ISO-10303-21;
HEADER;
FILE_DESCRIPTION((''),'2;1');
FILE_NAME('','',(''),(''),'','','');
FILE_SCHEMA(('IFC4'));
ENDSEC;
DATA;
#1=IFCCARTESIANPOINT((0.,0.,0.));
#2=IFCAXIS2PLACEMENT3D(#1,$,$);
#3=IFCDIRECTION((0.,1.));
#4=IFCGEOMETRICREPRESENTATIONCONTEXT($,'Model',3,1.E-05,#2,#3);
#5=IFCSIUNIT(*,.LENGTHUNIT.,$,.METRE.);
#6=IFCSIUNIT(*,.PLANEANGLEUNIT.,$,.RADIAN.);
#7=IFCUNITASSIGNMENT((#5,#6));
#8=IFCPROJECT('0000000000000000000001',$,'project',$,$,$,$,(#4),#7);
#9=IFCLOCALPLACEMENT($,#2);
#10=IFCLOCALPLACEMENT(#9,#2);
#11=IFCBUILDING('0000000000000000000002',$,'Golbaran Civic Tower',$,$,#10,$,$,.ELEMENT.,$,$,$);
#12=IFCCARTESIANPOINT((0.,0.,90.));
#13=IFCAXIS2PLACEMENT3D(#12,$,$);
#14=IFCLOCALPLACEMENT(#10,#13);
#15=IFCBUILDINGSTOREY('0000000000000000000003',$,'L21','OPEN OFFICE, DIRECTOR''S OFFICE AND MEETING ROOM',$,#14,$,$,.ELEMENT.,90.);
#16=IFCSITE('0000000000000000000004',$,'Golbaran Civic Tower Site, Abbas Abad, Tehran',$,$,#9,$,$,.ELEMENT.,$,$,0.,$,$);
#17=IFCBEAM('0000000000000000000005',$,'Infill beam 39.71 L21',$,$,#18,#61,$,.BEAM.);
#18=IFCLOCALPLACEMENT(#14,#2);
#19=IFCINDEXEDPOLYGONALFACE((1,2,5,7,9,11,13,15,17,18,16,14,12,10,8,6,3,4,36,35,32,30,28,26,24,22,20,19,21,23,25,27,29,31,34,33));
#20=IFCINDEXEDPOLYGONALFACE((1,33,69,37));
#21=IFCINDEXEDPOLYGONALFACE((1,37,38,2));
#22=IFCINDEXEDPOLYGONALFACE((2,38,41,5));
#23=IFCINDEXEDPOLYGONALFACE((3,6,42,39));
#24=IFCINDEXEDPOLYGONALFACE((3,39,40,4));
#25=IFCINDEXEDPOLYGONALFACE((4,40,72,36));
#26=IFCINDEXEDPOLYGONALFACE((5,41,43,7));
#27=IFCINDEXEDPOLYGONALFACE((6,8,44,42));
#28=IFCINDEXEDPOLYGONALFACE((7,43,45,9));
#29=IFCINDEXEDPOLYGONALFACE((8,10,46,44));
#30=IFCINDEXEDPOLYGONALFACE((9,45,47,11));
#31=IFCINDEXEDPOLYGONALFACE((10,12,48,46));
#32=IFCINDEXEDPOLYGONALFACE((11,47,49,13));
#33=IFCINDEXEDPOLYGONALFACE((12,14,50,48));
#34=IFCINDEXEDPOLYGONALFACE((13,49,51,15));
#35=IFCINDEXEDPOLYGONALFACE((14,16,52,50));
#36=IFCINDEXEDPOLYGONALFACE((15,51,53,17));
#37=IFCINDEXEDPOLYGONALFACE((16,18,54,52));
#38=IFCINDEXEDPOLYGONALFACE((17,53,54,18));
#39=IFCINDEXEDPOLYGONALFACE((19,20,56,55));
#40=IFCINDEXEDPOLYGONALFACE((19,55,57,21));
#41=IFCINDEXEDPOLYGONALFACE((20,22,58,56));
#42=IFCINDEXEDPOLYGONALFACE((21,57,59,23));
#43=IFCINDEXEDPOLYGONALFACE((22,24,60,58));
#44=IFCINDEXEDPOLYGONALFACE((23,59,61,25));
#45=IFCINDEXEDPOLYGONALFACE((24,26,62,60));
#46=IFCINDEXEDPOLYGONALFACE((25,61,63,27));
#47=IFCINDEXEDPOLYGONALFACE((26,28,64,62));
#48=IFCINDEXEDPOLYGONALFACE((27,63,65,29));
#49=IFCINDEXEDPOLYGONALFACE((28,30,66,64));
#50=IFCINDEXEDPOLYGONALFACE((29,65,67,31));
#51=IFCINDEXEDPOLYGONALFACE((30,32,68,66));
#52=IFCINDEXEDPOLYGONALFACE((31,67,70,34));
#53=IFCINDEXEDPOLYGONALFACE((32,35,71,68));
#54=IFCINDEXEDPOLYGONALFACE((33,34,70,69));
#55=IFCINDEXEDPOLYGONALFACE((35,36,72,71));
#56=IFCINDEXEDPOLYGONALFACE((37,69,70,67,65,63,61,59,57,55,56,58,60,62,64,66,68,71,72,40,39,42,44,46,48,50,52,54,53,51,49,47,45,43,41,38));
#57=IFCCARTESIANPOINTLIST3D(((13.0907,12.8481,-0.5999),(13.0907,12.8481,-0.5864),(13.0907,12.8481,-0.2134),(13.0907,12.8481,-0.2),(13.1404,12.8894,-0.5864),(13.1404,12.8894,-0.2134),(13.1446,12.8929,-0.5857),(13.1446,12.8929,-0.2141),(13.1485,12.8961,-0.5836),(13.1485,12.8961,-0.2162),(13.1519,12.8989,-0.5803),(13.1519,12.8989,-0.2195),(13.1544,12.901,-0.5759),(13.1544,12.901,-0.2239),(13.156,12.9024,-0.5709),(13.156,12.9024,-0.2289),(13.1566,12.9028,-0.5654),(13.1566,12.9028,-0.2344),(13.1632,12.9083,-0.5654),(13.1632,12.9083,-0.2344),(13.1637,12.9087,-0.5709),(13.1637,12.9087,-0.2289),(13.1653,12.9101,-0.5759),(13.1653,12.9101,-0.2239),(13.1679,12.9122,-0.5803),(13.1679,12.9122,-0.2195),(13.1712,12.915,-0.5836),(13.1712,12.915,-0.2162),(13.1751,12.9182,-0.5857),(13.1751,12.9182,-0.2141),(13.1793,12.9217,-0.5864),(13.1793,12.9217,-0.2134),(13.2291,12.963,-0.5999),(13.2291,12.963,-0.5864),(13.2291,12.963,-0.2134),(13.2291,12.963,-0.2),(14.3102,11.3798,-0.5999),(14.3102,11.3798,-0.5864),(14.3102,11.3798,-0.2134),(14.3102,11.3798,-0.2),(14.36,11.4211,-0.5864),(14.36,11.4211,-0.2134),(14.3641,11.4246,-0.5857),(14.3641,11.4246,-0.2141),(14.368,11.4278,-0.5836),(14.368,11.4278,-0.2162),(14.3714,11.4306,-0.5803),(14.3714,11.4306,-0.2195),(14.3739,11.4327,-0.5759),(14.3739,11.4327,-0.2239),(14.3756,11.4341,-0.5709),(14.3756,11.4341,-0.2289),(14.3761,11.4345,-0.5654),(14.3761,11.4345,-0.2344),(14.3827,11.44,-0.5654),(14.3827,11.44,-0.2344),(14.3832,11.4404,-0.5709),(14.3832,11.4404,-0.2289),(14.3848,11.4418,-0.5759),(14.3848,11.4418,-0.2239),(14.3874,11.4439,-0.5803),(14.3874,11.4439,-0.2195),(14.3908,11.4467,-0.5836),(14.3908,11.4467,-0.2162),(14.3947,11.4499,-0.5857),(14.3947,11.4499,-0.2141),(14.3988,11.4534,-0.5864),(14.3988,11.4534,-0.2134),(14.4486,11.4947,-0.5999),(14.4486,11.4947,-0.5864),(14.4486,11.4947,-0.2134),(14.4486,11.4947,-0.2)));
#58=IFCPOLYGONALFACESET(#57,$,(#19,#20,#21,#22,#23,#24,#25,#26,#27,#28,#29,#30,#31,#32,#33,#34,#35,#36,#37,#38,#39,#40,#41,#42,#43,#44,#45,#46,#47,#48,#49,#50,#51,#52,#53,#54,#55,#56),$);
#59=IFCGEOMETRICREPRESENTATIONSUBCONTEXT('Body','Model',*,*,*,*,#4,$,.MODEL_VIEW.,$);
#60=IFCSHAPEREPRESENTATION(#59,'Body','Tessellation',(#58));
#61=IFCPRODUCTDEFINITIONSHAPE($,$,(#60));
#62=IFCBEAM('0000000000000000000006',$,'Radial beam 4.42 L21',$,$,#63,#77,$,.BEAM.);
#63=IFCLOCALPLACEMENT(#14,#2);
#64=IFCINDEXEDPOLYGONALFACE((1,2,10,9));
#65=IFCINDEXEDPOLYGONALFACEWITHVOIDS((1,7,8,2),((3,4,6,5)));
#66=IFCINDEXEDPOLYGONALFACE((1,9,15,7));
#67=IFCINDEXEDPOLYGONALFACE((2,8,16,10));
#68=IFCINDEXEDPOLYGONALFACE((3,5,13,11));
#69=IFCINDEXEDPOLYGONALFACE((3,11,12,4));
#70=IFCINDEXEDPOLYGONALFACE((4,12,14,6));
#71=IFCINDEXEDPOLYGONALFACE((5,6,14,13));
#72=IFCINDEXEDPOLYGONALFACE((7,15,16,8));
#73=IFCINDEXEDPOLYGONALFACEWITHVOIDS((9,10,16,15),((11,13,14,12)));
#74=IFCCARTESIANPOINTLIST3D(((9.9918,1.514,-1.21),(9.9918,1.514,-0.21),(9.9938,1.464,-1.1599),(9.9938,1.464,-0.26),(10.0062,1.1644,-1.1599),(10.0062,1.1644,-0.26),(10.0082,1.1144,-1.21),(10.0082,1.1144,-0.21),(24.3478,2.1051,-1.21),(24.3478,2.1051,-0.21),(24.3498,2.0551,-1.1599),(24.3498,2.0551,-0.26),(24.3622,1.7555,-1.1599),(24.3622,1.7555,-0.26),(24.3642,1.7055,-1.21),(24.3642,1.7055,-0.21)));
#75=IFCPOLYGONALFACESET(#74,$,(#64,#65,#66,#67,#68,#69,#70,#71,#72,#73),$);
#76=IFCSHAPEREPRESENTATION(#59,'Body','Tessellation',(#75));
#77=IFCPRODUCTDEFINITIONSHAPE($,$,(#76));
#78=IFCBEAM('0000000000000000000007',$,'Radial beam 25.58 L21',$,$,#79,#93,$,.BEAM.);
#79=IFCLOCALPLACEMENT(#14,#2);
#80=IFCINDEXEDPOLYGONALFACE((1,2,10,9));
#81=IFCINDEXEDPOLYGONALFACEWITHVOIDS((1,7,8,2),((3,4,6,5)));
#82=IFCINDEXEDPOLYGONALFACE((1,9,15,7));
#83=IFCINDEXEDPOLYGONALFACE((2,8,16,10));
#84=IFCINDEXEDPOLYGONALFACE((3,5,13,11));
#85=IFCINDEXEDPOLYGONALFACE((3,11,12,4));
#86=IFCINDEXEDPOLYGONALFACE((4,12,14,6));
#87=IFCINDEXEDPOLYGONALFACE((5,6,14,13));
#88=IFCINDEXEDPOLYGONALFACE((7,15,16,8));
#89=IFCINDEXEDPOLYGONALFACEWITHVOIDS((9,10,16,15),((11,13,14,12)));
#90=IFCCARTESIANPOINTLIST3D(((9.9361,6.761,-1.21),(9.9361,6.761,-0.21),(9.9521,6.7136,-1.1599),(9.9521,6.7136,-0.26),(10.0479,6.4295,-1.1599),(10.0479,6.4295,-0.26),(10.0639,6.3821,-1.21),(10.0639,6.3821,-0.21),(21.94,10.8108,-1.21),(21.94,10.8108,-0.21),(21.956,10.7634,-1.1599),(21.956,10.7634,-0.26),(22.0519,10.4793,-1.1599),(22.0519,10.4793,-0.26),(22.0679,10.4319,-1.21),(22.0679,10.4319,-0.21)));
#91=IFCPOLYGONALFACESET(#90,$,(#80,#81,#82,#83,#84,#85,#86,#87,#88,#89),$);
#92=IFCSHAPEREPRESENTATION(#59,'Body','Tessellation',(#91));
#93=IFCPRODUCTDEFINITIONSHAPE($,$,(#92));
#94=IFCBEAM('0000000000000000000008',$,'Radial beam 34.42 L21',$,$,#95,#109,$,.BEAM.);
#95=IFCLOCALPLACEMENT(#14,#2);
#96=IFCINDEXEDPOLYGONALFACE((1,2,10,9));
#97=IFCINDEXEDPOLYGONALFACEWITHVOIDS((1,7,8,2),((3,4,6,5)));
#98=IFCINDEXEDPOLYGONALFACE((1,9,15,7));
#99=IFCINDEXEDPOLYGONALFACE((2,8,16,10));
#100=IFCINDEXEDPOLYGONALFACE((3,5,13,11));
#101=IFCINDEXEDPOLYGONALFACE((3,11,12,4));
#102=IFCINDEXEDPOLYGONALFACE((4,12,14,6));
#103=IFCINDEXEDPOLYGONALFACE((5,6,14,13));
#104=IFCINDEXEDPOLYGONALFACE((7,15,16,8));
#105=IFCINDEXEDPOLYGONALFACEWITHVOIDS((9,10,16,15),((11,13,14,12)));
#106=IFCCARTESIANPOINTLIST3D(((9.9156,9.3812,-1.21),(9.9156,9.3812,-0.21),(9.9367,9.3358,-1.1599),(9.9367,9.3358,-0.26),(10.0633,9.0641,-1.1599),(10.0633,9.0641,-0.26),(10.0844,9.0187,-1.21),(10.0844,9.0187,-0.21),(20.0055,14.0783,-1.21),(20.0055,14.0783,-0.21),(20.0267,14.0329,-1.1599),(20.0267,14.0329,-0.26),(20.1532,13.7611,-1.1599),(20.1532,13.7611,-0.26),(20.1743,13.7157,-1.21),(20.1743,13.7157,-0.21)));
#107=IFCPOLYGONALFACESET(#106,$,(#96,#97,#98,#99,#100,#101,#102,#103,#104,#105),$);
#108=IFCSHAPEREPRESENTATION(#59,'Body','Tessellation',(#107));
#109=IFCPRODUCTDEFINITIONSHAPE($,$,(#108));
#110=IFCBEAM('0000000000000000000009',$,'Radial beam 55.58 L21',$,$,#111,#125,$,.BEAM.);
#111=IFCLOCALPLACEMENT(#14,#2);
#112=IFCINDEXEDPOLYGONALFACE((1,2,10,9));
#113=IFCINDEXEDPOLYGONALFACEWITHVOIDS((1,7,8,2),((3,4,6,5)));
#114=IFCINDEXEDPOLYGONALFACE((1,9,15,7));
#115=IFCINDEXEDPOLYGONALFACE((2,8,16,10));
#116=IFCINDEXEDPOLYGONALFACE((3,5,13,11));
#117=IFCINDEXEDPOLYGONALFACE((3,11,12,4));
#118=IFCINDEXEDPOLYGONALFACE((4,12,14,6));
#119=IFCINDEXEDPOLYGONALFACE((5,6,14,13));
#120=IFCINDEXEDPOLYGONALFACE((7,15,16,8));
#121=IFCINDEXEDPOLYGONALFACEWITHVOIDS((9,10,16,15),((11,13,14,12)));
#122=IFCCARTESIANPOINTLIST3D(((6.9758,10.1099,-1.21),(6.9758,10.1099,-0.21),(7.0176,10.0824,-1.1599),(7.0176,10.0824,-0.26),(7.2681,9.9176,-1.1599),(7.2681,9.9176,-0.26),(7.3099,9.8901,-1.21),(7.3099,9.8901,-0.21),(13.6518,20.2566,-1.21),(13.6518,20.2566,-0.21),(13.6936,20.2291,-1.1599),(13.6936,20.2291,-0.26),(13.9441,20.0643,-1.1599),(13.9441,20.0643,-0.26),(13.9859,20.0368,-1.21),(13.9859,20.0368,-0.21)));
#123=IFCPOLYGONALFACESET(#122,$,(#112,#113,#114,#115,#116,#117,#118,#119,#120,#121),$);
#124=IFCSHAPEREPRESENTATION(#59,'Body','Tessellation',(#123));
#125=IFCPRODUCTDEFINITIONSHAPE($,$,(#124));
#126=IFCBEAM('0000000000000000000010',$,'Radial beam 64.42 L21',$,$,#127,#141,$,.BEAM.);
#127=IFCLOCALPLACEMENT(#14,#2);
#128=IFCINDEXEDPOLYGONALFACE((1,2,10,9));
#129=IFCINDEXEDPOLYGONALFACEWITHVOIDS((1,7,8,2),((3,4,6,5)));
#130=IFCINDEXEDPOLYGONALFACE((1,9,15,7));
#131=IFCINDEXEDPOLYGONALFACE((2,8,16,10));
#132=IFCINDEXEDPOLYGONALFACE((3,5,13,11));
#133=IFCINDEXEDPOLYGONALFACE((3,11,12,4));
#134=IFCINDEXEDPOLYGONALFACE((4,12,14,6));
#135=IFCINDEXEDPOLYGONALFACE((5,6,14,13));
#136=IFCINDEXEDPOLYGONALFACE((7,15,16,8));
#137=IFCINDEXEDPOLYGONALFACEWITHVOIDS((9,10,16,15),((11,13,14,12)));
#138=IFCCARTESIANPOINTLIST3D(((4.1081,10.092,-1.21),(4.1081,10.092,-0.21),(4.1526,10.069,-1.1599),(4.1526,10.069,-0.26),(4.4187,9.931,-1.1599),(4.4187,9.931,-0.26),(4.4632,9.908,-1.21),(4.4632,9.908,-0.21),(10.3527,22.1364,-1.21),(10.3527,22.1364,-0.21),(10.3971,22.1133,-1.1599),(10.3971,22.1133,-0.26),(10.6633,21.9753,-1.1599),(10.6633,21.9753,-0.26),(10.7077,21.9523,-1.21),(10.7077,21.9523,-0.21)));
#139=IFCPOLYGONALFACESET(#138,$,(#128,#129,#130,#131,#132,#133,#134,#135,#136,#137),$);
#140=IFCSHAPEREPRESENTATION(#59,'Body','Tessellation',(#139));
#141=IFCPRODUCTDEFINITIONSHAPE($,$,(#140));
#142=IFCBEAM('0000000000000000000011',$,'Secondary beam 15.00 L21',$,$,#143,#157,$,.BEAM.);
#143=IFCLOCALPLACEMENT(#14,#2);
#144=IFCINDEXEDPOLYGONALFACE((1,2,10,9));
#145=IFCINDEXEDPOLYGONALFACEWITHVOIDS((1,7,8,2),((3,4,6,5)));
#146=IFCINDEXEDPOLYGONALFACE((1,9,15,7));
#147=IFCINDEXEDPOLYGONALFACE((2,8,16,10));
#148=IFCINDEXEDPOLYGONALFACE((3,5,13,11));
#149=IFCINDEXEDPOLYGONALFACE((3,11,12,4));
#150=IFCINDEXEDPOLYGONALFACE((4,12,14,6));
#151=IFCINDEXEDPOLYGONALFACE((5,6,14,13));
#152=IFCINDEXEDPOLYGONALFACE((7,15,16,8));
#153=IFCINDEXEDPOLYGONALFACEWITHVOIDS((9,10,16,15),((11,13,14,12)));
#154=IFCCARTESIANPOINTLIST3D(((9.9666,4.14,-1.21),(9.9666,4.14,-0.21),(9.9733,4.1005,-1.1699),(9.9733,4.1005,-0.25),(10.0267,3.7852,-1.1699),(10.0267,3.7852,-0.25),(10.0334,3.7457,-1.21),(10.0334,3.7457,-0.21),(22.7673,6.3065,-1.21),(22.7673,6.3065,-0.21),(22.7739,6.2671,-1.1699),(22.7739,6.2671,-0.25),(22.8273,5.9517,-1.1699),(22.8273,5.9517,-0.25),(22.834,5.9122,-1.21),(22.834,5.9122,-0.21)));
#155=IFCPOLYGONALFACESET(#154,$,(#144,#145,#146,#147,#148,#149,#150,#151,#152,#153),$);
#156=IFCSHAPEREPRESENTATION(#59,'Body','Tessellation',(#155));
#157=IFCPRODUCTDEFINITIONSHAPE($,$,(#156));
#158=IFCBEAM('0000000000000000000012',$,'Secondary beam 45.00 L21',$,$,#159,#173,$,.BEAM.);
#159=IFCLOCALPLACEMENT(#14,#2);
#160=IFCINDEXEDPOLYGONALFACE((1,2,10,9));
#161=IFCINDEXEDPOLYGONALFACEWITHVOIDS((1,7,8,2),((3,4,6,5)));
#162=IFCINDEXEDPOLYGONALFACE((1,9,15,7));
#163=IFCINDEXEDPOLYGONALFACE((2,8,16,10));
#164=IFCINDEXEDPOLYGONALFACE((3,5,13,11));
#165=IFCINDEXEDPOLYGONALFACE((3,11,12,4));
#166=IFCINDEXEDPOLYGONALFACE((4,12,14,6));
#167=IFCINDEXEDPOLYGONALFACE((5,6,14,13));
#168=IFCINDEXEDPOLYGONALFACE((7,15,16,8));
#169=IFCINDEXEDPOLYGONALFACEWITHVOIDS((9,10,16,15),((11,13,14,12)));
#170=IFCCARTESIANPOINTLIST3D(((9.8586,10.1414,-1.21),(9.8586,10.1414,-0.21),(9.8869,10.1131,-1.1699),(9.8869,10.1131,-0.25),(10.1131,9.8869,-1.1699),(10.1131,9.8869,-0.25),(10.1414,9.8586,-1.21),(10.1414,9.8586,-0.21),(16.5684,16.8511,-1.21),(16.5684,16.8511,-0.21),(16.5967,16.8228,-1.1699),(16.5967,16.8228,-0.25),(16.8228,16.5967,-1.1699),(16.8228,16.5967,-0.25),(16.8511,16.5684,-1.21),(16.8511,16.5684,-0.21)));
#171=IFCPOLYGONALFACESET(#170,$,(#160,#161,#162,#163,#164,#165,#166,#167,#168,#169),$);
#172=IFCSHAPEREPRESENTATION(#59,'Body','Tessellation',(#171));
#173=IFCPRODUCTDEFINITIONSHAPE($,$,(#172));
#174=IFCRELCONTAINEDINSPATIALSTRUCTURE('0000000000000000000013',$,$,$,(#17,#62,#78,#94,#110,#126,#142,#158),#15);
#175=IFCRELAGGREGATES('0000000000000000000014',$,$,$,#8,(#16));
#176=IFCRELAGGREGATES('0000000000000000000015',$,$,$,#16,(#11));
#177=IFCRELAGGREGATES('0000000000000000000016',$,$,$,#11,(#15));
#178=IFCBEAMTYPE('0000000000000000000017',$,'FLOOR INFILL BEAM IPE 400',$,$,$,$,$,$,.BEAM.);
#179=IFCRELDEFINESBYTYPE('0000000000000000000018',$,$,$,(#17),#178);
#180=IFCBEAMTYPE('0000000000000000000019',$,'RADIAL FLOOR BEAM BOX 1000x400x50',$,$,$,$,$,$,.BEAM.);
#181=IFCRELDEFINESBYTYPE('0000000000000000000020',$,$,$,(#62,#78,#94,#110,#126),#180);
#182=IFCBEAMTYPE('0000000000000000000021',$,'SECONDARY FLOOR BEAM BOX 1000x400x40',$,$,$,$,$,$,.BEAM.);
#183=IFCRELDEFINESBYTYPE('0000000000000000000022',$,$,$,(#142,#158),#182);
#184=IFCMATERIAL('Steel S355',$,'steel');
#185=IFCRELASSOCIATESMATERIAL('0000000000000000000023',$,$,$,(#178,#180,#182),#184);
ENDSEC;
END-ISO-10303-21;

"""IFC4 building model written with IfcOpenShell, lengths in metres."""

from ifc_helpers import new_model, si_unit, direction, frame, origin, origin_2d, place, context, subcontext, project, spatial, hollow_rectangle, i_section, extrude, material, material_profile, profile_set, type_object, element, save


model = new_model("IFC4")

# Units and contexts
model_context = context("Model", 3, precision=1e-05, world=origin(), true_north=direction((0.0, 1.0)))
body_context = subcontext(model_context, "Body", "Model", "MODEL_VIEW")
ifc_project = project(units=[si_unit("LENGTHUNIT", "METRE"), si_unit("PLANEANGLEUNIT", "RADIAN")], contexts=[model_context])

# Site, building, storey
site_placement = place(None, origin())
site = spatial("IfcSite", under=ifc_project, at=site_placement, Name="Golbaran Civic Tower Site, Abbas Abad, Tehran", CompositionType="ELEMENT", RefElevation=0.0)
building_placement = place(site_placement, origin())
building = spatial("IfcBuilding", under=site, at=building_placement, Name="Golbaran Civic Tower", CompositionType="ELEMENT")
storey_placement = place(building_placement, frame((0.0, 0.0, 90.0)))
storey = spatial("IfcBuildingStorey", under=building, at=storey_placement, Name="L21", Description="OPEN OFFICE, DIRECTOR'S OFFICE AND MEETING ROOM", CompositionType="ELEMENT", Elevation=90.0)

# Beams
ifc_material_1 = material(Name="Steel S355", Category="steel")
ifc_material_profile_1 = material_profile(ifc_material_1, i_section(OverallWidth=0.1799, OverallDepth=0.3999, WebThickness=0.0085, FlangeThickness=0.0134, FilletRadius=0.021, at=origin_2d()), Name="IPE 400")
ifc_profile_set_1 = profile_set([ifc_material_profile_1], Name="Steel S355")
beam_type_1 = type_object("IfcBeamType", Name="FLOOR INFILL BEAM IPE 400", PredefinedType="BEAM", material=ifc_profile_set_1)
beam_1_placement = place(storey_placement, frame((14.3794, 11.4373, -0.3999), z_axis=(-0.638925, 0.769269, 0.0), x_axis=(-0.769269, -0.638925, 0.0)))
element("IfcBeam", 1, at=beam_1_placement, inside=storey, type_object=beam_type_1, Name="Infill beam 39.71 L21", PredefinedType="BEAM", context=body_context, shape_type="SweptSolid", body=[
    extrude(i_section(OverallWidth=0.1799, OverallDepth=0.3999, WebThickness=0.0085, FlangeThickness=0.0134, FilletRadius=0.021, at=origin_2d()), origin(), (0.0, 0.0, 1.0), 1.9087),
])
ifc_material_profile_2 = material_profile(ifc_material_1, hollow_rectangle(XDim=0.3999, YDim=1.0, WallThickness=0.05, at=origin_2d()), Name="BOX 1000x400x50")
ifc_profile_set_2 = profile_set([ifc_material_profile_2], Name="Steel S355")
beam_type_2 = type_object("IfcBeamType", Name="RADIAL FLOOR BEAM BOX 1000x400x50", PredefinedType="BEAM", material=ifc_profile_set_2)
beam_2_placement = place(storey_placement, frame((10.0, 1.3142, -0.71), z_axis=(0.999154, 0.041137, 0.0), x_axis=(-0.041137, 0.999154, 0.0)))
element("IfcBeam", 2, at=beam_2_placement, inside=storey, type_object=beam_type_2, Name="Radial beam 4.42 L21", PredefinedType="BEAM", context=body_context, shape_type="SweptSolid", body=[
    extrude(hollow_rectangle(XDim=0.3999, YDim=1.0, WallThickness=0.05, at=origin_2d()), origin(), (0.0, 0.0, 1.0), 14.3682),
])
beam_3_placement = place(storey_placement, frame((10.0, 6.5715, -0.71), z_axis=(0.947528, 0.319671, 0.0), x_axis=(-0.319671, 0.947528, 0.0)))
element("IfcBeam", 3, at=beam_3_placement, inside=storey, type_object=beam_type_2, Name="Radial beam 25.58 L21", PredefinedType="BEAM", context=body_context, shape_type="SweptSolid", body=[
    extrude(hollow_rectangle(XDim=0.3999, YDim=1.0, WallThickness=0.05, at=origin_2d()), origin(), (0.0, 0.0, 1.0), 12.6687),
])
beam_4_placement = place(storey_placement, frame((10.0, 9.2, -0.71), z_axis=(0.906581, 0.422031, 0.0), x_axis=(-0.422031, 0.906581, 0.0)))
element("IfcBeam", 4, at=beam_4_placement, inside=storey, type_object=beam_type_2, Name="Radial beam 34.42 L21", PredefinedType="BEAM", context=body_context, shape_type="SweptSolid", body=[
    extrude(hollow_rectangle(XDim=0.3999, YDim=1.0, WallThickness=0.05, at=origin_2d()), origin(), (0.0, 0.0, 1.0), 11.1296),
])
beam_5_placement = place(storey_placement, frame((7.1428, 10.0, -0.71), z_axis=(0.549648, 0.835396, 0.0), x_axis=(-0.835396, 0.549648, 0.0)))
element("IfcBeam", 5, at=beam_5_placement, inside=storey, type_object=beam_type_2, Name="Radial beam 55.58 L21", PredefinedType="BEAM", context=body_context, shape_type="SweptSolid", body=[
    extrude(hollow_rectangle(XDim=0.3999, YDim=1.0, WallThickness=0.05, at=origin_2d()), origin(), (0.0, 0.0, 1.0), 12.146),
])
beam_6_placement = place(storey_placement, frame((4.2856, 10.0, -0.71), z_axis=(0.46028, 0.887774, 0.0), x_axis=(-0.887774, 0.46028, 0.0)))
element("IfcBeam", 6, at=beam_6_placement, inside=storey, type_object=beam_type_2, Name="Radial beam 64.42 L21", PredefinedType="BEAM", context=body_context, shape_type="SweptSolid", body=[
    extrude(hollow_rectangle(XDim=0.3999, YDim=1.0, WallThickness=0.05, at=origin_2d()), origin(), (0.0, 0.0, 1.0), 13.5669),
])
ifc_material_profile_3 = material_profile(ifc_material_1, hollow_rectangle(XDim=0.3999, YDim=1.0, WallThickness=0.04, at=origin_2d()), Name="BOX 1000x400x40")
ifc_profile_set_3 = profile_set([ifc_material_profile_3], Name="Steel S355")
beam_type_3 = type_object("IfcBeamType", Name="SECONDARY FLOOR BEAM BOX 1000x400x40", PredefinedType="BEAM", material=ifc_profile_set_3)
beam_7_placement = place(storey_placement, frame((10.0, 3.9429, -0.71), z_axis=(0.985978, 0.166878, 0.0), x_axis=(-0.166878, 0.985978, 0.0)))
element("IfcBeam", 7, at=beam_7_placement, inside=storey, type_object=beam_type_3, Name="Secondary beam 15.00 L21", PredefinedType="BEAM", context=body_context, shape_type="SweptSolid", body=[
    extrude(hollow_rectangle(XDim=0.3999, YDim=1.0, WallThickness=0.04, at=origin_2d()), origin(), (0.0, 0.0, 1.0), 12.9827),
])
beam_8_placement = place(storey_placement, frame((10.0, 10.0, -0.71), z_axis=(0.707107, 0.707107, 0.0), x_axis=(-0.707107, 0.707107, 0.0)))
element("IfcBeam", 8, at=beam_8_placement, inside=storey, type_object=beam_type_3, Name="Secondary beam 45.00 L21", PredefinedType="BEAM", context=body_context, shape_type="SweptSolid", body=[
    extrude(hollow_rectangle(XDim=0.3999, YDim=1.0, WallThickness=0.04, at=origin_2d()), origin(), (0.0, 0.0, 1.0), 9.489),
])

save(model, "model.ifc")
